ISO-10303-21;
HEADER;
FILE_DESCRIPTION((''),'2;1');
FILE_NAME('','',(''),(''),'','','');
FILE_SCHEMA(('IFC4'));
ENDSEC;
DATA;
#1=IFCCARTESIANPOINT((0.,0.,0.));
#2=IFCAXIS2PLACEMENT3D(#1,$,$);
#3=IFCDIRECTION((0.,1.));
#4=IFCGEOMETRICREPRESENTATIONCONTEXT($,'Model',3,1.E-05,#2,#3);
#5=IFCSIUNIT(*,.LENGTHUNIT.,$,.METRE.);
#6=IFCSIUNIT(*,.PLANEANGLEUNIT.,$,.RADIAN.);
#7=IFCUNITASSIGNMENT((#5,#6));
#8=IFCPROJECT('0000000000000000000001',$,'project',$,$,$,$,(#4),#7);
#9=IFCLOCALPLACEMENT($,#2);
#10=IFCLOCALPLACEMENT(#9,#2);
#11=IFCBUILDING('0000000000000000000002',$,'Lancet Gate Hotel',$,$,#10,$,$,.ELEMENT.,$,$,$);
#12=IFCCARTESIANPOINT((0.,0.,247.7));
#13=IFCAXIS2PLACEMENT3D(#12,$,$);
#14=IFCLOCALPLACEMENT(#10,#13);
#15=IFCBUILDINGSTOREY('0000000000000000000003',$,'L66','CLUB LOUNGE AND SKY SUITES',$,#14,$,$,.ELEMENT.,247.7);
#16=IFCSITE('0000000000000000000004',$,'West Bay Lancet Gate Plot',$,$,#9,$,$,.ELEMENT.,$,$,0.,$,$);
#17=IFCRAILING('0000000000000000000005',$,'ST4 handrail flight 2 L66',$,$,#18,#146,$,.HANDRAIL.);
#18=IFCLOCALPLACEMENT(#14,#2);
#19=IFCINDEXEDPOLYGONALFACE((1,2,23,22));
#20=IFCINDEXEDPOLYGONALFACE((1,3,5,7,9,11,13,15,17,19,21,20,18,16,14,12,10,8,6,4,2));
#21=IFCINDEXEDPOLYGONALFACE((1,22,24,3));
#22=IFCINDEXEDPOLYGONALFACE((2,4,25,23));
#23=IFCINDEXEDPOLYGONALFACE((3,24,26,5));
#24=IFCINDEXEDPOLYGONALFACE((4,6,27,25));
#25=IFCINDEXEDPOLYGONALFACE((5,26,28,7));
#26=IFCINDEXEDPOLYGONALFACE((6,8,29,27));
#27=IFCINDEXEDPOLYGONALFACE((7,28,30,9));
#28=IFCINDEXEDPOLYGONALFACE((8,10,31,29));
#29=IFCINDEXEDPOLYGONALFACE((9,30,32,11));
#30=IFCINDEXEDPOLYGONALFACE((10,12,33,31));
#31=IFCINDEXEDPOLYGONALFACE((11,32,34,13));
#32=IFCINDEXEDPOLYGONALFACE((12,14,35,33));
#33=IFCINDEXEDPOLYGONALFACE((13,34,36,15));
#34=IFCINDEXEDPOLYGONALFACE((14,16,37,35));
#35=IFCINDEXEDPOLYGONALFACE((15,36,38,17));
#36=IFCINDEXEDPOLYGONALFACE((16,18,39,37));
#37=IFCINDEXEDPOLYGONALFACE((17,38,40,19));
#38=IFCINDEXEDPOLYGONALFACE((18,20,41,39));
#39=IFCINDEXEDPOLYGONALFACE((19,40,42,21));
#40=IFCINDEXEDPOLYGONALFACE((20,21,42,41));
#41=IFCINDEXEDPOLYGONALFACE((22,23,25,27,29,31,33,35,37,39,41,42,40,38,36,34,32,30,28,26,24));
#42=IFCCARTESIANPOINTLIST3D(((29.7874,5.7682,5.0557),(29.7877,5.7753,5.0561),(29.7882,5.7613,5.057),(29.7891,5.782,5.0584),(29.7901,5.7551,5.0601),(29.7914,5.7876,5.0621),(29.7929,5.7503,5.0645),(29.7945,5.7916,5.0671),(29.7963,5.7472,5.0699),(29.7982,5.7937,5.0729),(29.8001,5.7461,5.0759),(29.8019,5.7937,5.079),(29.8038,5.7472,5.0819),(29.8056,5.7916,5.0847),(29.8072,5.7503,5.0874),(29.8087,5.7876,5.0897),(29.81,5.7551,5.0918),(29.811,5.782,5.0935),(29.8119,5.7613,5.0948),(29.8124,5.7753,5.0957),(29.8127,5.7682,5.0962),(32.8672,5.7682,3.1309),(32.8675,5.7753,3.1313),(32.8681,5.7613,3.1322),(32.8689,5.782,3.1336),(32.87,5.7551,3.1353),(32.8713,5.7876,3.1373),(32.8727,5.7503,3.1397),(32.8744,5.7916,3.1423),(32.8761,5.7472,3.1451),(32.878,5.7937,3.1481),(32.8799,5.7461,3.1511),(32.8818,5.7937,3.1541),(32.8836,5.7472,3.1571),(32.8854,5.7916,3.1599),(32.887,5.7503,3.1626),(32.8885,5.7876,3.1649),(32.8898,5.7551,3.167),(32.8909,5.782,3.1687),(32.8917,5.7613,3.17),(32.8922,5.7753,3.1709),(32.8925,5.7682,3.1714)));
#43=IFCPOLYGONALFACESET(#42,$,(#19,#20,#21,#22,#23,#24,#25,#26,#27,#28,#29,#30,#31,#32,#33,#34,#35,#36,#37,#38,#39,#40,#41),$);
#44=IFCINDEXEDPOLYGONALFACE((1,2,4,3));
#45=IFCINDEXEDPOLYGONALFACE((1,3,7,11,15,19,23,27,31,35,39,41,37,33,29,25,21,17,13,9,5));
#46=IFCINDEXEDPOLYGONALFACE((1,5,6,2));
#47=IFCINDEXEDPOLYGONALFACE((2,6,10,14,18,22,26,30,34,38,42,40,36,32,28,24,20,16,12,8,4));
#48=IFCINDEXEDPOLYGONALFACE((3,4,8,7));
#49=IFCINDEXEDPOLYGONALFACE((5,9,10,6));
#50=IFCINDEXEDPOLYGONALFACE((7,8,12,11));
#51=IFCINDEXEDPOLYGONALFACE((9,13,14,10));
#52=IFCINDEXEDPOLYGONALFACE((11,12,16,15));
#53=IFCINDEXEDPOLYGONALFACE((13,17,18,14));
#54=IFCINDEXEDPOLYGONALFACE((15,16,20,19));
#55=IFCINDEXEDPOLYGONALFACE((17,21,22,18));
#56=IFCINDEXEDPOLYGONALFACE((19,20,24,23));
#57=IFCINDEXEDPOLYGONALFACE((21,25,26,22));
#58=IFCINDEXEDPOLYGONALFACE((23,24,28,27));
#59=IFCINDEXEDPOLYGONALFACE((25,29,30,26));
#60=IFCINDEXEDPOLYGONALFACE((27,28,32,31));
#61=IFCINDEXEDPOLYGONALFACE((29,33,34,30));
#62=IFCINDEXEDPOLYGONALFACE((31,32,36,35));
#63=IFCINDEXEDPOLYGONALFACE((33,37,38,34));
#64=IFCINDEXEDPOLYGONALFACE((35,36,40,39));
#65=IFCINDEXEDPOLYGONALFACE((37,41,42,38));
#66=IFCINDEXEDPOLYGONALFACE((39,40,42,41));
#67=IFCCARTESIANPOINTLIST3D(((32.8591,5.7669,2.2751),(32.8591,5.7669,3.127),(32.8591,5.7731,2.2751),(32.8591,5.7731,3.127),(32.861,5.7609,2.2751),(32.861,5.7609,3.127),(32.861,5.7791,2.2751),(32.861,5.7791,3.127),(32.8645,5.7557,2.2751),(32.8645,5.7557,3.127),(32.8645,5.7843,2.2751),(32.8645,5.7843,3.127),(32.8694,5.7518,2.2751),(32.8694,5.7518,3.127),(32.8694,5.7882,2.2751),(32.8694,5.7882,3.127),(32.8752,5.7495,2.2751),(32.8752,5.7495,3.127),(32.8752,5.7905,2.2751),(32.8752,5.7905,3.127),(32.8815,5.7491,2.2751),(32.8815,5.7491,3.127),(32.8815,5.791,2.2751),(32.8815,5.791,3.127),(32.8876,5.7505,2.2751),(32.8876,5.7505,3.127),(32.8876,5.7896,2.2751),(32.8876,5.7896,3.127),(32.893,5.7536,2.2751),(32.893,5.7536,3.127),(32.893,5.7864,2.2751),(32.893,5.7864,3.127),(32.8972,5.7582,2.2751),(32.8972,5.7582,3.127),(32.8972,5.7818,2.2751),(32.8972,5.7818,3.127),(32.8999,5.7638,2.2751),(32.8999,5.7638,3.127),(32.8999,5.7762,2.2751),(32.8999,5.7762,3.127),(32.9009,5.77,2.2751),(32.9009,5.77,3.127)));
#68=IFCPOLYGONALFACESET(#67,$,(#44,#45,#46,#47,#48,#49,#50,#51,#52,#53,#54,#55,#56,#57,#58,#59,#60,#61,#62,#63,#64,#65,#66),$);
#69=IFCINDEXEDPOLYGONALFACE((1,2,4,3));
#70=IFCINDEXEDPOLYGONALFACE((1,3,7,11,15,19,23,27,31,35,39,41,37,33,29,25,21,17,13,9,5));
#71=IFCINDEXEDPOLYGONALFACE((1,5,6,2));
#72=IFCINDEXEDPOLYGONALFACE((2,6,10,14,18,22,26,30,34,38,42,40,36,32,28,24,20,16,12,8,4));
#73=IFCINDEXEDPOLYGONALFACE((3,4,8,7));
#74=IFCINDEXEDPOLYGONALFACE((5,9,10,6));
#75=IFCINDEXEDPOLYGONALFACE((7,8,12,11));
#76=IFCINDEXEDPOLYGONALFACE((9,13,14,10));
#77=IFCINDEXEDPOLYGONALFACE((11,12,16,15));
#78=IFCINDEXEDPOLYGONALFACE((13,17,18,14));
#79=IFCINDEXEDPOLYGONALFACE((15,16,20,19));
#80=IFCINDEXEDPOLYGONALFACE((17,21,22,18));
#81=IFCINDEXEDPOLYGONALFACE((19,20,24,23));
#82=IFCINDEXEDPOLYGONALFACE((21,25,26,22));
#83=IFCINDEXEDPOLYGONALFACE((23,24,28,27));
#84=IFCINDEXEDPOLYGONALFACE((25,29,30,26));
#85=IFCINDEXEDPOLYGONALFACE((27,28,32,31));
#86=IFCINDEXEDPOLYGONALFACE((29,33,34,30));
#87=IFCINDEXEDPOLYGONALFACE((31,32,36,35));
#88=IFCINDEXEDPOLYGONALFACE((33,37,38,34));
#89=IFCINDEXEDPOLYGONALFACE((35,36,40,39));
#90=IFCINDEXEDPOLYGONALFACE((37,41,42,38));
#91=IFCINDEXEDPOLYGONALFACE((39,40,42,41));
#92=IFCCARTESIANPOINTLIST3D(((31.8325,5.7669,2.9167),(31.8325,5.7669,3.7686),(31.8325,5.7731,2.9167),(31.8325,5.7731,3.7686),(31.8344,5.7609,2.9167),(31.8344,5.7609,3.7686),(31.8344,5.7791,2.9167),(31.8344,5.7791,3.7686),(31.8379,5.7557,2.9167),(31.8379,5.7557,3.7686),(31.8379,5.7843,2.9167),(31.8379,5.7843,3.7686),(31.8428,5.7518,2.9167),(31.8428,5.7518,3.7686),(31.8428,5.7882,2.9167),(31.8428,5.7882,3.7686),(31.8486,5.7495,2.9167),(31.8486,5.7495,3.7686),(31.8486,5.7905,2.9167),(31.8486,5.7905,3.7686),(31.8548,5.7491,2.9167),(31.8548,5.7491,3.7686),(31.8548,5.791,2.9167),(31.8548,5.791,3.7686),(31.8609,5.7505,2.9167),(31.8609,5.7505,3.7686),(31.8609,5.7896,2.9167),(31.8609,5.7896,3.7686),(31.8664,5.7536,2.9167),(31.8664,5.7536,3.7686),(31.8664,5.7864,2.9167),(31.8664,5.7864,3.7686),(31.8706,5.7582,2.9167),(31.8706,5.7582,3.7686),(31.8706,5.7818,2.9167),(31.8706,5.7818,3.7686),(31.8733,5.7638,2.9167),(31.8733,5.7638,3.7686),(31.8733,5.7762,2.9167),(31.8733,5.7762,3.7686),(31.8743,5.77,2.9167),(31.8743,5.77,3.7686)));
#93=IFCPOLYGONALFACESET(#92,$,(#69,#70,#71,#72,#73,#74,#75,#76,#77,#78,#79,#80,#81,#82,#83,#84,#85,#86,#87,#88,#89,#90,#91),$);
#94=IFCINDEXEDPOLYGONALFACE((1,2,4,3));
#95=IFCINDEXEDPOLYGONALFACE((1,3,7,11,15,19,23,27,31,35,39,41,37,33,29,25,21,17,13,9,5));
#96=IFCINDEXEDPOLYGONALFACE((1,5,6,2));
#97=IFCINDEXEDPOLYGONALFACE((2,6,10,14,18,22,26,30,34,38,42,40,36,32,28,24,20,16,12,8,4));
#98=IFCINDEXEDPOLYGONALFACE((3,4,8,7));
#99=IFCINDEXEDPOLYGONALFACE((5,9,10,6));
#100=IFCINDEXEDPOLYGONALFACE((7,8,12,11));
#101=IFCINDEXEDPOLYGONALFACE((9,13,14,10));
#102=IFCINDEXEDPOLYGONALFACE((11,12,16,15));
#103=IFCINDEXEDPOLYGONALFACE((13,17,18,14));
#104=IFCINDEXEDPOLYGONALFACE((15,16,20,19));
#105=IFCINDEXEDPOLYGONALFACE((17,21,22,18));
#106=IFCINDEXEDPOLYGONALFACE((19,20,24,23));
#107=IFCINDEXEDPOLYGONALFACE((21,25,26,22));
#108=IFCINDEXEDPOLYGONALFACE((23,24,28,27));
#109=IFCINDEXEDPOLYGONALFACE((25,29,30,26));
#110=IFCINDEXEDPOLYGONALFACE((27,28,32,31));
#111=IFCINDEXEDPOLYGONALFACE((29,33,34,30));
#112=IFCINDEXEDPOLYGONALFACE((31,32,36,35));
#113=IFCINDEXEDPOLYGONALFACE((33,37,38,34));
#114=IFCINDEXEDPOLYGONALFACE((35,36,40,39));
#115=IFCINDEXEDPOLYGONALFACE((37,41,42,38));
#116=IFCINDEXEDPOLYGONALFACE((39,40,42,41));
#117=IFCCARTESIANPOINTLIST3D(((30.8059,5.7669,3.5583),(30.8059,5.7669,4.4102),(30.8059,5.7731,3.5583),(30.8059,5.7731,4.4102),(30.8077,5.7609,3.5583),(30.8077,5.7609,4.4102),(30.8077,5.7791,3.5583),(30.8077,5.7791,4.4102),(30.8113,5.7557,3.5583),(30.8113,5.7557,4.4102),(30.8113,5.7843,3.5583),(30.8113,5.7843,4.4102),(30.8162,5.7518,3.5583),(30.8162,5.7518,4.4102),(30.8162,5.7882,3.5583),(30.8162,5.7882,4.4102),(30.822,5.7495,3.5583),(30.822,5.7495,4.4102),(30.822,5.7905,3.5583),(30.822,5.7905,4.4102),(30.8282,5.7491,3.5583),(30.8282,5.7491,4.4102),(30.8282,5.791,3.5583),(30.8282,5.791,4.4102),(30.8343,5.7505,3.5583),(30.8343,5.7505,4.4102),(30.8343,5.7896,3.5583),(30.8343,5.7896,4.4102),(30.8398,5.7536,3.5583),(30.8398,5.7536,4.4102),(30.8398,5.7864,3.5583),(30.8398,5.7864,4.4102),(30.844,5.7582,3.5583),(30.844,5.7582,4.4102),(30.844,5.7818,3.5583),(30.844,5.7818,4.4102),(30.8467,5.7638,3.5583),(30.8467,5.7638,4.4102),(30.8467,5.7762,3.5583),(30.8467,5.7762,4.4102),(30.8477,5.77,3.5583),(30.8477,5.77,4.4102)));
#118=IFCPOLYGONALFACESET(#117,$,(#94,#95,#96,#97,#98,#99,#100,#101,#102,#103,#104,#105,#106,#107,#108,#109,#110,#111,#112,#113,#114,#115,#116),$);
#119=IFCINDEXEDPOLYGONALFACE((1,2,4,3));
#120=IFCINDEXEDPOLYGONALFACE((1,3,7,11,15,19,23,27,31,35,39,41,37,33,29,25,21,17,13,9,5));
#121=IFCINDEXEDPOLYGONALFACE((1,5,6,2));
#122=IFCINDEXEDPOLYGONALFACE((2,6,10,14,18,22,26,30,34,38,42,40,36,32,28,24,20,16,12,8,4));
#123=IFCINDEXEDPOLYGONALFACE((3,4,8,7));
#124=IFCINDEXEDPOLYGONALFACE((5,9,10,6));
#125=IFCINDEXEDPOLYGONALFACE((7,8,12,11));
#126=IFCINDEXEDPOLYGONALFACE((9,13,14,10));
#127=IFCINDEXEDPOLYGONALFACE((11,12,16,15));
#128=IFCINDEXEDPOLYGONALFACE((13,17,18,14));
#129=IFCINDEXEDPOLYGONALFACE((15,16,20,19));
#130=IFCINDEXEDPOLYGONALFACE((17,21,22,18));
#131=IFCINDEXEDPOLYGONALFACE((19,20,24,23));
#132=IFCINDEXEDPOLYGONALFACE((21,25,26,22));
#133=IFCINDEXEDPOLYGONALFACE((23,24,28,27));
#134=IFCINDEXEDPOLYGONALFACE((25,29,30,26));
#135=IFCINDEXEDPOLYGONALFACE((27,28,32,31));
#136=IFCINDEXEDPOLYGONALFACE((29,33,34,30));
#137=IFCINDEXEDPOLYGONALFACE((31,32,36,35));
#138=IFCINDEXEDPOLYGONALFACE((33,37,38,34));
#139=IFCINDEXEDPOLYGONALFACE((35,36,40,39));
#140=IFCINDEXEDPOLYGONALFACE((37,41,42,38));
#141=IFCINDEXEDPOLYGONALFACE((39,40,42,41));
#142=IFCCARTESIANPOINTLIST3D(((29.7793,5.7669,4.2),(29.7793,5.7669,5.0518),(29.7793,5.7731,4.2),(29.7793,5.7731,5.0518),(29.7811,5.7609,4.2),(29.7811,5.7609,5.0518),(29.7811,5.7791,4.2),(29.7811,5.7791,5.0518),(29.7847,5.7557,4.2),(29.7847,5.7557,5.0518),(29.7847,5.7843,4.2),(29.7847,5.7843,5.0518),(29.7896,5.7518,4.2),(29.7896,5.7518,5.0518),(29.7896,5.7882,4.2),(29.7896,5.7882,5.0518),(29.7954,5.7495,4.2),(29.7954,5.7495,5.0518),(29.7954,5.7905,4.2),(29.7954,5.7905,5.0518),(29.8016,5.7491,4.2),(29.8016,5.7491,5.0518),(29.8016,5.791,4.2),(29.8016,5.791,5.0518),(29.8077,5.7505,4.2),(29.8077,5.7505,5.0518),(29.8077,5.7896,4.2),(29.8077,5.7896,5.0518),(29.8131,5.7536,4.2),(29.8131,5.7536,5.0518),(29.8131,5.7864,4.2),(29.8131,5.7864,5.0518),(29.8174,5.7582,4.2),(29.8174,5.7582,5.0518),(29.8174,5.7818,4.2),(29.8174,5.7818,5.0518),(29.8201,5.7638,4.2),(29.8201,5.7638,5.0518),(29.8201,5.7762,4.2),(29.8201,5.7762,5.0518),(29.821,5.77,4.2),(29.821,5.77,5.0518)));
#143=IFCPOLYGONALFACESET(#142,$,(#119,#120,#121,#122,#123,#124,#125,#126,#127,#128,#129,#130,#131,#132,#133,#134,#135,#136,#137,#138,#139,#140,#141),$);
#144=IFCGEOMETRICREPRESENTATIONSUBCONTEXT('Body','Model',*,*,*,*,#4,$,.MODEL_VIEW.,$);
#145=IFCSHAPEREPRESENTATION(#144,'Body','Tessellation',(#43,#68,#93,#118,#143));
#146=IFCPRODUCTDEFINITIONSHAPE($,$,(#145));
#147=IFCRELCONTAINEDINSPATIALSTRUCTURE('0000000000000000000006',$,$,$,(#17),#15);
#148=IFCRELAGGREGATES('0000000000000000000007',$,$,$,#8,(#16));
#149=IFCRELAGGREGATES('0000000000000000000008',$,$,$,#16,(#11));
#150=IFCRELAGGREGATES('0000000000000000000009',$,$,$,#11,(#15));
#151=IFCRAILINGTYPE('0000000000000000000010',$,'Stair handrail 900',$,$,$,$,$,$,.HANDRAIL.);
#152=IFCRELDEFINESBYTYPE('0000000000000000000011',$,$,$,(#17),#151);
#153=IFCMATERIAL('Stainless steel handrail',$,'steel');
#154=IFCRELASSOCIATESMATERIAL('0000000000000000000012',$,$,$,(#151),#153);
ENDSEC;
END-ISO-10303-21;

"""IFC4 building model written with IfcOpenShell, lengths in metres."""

from ifc_helpers import new_model, si_unit, direction, frame, origin, origin_2d, place, context, subcontext, project, spatial, circle, extrude, material, type_object, element, save


model = new_model("IFC4")

# Units and contexts
model_context = context("Model", 3, precision=1e-05, world=origin(), true_north=direction((0.0, 1.0)))
body_context = subcontext(model_context, "Body", "Model", "MODEL_VIEW")
ifc_project = project(units=[si_unit("LENGTHUNIT", "METRE"), si_unit("PLANEANGLEUNIT", "RADIAN")], contexts=[model_context])

# Site, building, storey
site_placement = place(None, origin())
site = spatial("IfcSite", under=ifc_project, at=site_placement, Name="West Bay Lancet Gate Plot", CompositionType="ELEMENT", RefElevation=0.0)
building_placement = place(site_placement, origin())
building = spatial("IfcBuilding", under=site, at=building_placement, Name="Lancet Gate Hotel", CompositionType="ELEMENT")
storey_placement = place(building_placement, frame((0.0, 0.0, 247.7)))
storey = spatial("IfcBuildingStorey", under=building, at=storey_placement, Name="L66", Description="CLUB LOUNGE AND SKY SUITES", CompositionType="ELEMENT", Elevation=247.7)

# Railing
ifc_material_1 = material(Name="Stainless steel handrail", Category="steel")
railing_type = type_object("IfcRailingType", Name="Stair handrail 900", PredefinedType="HANDRAIL", material=ifc_material_1)
railing_1_placement = place(storey_placement, frame((32.8799, 5.77, 2.2751)))
element("IfcRailing", 1, at=railing_1_placement, inside=storey, type_object=railing_type, Name="ST4 handrail flight 2 L66", PredefinedType="HANDRAIL", context=body_context, shape_type="SweptSolid", body=[
    extrude(circle(Radius=0.0239, at=origin_2d()), frame((0.0, 0.0, 0.876), z_axis=(-0.84801, 0.0, 0.529981), x_axis=(0.0, -1.0, 0.0)), (0.0, 0.0, 1.0), 3.6318),
    extrude(circle(Radius=0.021, at=origin_2d()), origin(), (0.0, 0.0, 1.0), 0.8518),
    extrude(circle(Radius=0.021, at=origin_2d()), frame((-1.0266, 0.0, 0.6416)), (0.0, 0.0, 1.0), 0.8518),
    extrude(circle(Radius=0.021, at=origin_2d()), frame((-2.0532, 0.0, 1.2832)), (0.0, 0.0, 1.0), 0.8518),
    extrude(circle(Radius=0.021, at=origin_2d()), frame((-3.0798, 0.0, 1.9248)), (0.0, 0.0, 1.0), 0.8518),
])

save(model, "model.ifc")
